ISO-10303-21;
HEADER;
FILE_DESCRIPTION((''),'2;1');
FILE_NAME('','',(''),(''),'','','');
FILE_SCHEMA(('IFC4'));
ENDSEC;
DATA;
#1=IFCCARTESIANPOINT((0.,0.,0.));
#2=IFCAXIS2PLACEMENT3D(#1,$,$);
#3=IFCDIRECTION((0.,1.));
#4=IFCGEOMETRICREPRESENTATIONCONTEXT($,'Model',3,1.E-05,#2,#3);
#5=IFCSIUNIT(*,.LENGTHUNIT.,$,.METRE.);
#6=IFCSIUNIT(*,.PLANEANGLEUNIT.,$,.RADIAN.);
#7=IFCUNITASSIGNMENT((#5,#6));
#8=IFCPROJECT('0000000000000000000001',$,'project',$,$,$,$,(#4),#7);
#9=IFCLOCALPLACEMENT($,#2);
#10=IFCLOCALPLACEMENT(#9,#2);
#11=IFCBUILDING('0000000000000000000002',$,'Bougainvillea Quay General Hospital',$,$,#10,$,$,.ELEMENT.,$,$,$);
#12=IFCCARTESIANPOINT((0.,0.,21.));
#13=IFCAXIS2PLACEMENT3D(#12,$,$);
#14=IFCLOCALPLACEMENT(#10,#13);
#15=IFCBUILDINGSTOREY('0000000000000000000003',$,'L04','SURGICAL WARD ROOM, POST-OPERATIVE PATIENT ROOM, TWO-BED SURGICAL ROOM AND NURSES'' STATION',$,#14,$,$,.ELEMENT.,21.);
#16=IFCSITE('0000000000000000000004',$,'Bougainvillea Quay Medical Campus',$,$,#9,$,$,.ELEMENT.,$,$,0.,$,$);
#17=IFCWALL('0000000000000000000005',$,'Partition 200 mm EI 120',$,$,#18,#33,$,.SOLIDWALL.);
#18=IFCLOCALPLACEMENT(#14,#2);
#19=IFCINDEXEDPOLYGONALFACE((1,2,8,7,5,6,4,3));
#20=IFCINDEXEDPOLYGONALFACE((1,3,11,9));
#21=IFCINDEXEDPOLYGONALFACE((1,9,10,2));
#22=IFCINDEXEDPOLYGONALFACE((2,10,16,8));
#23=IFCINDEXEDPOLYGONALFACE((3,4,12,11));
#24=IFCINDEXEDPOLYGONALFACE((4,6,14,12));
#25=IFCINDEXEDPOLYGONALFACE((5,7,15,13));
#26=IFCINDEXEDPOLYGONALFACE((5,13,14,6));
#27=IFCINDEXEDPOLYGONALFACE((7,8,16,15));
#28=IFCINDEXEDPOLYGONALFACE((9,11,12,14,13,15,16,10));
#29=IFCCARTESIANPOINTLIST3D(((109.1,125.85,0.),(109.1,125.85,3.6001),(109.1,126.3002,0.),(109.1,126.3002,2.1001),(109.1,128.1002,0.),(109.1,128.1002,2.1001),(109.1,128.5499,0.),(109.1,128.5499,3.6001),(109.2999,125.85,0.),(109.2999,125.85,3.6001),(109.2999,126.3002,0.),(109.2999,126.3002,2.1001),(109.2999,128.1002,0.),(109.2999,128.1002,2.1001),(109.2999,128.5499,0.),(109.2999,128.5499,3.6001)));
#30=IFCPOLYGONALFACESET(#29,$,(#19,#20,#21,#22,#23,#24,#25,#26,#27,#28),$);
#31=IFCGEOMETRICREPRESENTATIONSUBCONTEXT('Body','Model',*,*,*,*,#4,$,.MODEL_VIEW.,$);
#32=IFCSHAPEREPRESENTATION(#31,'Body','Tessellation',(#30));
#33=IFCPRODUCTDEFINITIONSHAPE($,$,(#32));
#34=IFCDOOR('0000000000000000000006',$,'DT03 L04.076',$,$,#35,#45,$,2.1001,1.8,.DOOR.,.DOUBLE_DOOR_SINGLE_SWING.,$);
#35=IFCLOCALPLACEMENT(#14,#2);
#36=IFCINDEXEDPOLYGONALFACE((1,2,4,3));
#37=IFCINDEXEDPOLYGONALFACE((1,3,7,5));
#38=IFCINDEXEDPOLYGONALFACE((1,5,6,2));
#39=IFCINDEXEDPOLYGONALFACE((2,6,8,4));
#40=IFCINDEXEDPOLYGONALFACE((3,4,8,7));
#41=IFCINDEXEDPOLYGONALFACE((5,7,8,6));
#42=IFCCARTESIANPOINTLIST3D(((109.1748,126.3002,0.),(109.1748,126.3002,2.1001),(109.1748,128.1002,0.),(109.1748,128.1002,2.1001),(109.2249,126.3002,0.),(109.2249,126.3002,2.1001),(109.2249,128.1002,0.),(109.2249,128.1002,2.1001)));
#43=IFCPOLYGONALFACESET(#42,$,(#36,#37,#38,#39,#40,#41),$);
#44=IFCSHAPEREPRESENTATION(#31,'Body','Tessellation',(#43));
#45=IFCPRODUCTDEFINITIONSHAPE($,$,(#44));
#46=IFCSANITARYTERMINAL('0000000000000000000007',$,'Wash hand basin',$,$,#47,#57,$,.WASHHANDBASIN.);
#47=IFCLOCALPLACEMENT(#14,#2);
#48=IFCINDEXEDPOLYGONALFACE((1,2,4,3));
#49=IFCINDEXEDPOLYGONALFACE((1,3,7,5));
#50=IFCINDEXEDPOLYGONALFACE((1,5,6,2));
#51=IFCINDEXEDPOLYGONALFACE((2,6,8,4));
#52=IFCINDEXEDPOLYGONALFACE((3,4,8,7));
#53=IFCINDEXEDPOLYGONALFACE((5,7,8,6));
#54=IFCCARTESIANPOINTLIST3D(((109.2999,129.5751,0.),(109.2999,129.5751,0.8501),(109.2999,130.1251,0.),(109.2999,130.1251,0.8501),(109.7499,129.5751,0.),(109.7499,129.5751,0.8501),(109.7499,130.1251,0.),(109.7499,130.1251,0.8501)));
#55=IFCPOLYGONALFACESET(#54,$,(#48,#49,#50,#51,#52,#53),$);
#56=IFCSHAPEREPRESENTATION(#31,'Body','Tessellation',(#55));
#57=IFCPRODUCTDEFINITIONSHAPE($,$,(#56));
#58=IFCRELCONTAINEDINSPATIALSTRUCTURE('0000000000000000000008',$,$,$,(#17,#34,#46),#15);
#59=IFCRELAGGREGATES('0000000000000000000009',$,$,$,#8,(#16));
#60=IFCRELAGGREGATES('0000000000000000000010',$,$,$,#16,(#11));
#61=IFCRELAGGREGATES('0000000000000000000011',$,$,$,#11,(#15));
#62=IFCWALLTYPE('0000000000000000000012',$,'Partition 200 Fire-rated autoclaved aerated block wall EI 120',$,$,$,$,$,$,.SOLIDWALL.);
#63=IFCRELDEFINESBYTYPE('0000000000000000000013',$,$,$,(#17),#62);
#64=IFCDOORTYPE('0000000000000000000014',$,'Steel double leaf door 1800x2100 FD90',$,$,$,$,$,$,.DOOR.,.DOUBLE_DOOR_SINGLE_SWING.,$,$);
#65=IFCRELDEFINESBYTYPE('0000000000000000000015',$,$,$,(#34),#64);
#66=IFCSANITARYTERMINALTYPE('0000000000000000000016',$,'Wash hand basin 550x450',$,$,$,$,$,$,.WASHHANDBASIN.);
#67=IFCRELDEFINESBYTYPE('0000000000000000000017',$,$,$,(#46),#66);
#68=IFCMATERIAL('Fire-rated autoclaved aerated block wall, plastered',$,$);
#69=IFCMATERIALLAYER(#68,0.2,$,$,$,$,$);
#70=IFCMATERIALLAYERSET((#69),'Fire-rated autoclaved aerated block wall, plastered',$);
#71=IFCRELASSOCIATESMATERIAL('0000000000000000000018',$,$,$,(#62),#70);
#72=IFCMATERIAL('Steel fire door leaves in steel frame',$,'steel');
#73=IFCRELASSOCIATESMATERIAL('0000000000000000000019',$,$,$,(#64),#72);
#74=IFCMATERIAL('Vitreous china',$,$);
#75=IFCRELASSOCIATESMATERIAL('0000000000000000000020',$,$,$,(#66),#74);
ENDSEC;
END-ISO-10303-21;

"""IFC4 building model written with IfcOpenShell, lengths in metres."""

from ifc_helpers import new_model, si_unit, direction, frame, frame_2d, origin, origin_2d, place, context, subcontext, project, spatial, rectangle, extrude, material, layer, layer_set, type_object, element, fill, save


model = new_model("IFC4")

# Units and contexts
model_context = context("Model", 3, precision=1e-05, world=origin(), true_north=direction((0.0, 1.0)))
body_context = subcontext(model_context, "Body", "Model", "MODEL_VIEW")
ifc_project = project(units=[si_unit("LENGTHUNIT", "METRE"), si_unit("PLANEANGLEUNIT", "RADIAN")], contexts=[model_context])

# Site, building, storey
site_placement = place(None, origin())
site = spatial("IfcSite", under=ifc_project, at=site_placement, Name="Bougainvillea Quay Medical Campus", CompositionType="ELEMENT", RefElevation=0.0)
building_placement = place(site_placement, origin())
building = spatial("IfcBuilding", under=site, at=building_placement, Name="Bougainvillea Quay General Hospital", CompositionType="ELEMENT")
storey_placement = place(building_placement, frame((0.0, 0.0, 21.0)))
storey = spatial("IfcBuildingStorey", under=building, at=storey_placement, Name="L04", Description="SURGICAL WARD ROOM, POST-OPERATIVE PATIENT ROOM, TWO-BED SURGICAL ROOM AND NURSES' STATION", CompositionType="ELEMENT", Elevation=21.0)

# Shared definitions
ifc_material_1 = material(Name="Fire-rated autoclaved aerated block wall, plastered")
ifc_layer_1 = layer(ifc_material_1, 0.2)
ifc_layer_set_1 = layer_set([ifc_layer_1], Name="Fire-rated autoclaved aerated block wall, plastered")
wall_type_1 = type_object("IfcWallType", Name="Partition 200 Fire-rated autoclaved aerated block wall EI 120", PredefinedType="SOLIDWALL", material=ifc_layer_set_1)

# Wall, opening, door
wall_1_placement = place(storey_placement, frame((109.2, 128.55, 0.0), z_axis=(0.0, 0.0, 1.0), x_axis=(0.0, -1.0, 0.0)))
wall_1 = element("IfcWall", 1, at=wall_1_placement, inside=storey, type_object=wall_type_1, Name="Partition 200 mm EI 120", PredefinedType="SOLIDWALL", context=body_context, shape_type="SweptSolid", body=[
    extrude(rectangle(XDim=2.7, YDim=0.2, at=frame_2d((1.3501, 0.0))), origin(), (0.0, 0.0, 1.0), 3.6001),
])
opening_1_placement = place(wall_1_placement, frame((0.45, 0.0, 0.0)))
opening_1 = element("IfcOpeningElement", 2, at=opening_1_placement, cuts=wall_1, PredefinedType="OPENING", context=body_context, shape_type="SweptSolid", body=[
    extrude(rectangle(XDim=1.8, YDim=2.1001, at=frame_2d((0.8999, 1.05))), frame((0.0, 0.1099, 0.0), z_axis=(0.0, -1.0, 0.0), x_axis=(1.0, 0.0, 0.0)), (0.0, 0.0, 1.0), 0.22),
])
ifc_material_2 = material(Name="Steel fire door leaves in steel frame", Category="steel")
door_type_1 = type_object("IfcDoorType", Name="Steel double leaf door 1800x2100 FD90", OperationType="DOUBLE_DOOR_SINGLE_SWING", PredefinedType="DOOR", material=ifc_material_2)
door_1_placement = place(opening_1_placement, origin())
door_1 = element("IfcDoor", 3, at=door_1_placement, inside=storey, type_object=door_type_1, Name="DT03 L04.076", OperationType="DOUBLE_DOOR_SINGLE_SWING", OverallHeight=2.1001, OverallWidth=1.8, PredefinedType="DOOR", context=body_context, shape_type="SweptSolid", body=[
    extrude(rectangle(XDim=1.8, YDim=2.1001, at=frame_2d((0.8999, 1.05))), frame((0.0, 0.0249, 0.0), z_axis=(0.0, -1.0, 0.0), x_axis=(1.0, 0.0, 0.0)), (0.0, 0.0, 1.0), 0.05),
])
fill(opening_1, door_1)

# Sanitary terminal
ifc_material_3 = material(Name="Vitreous china")
sanitary_terminal_type = type_object("IfcSanitaryTerminalType", Name="Wash hand basin 550x450", PredefinedType="WASHHANDBASIN", material=ifc_material_3)
sanitary_terminal_placement = place(storey_placement, frame((109.5249, 129.8501, 0.0), z_axis=(0.0, 0.0, 1.0), x_axis=(0.0, 1.0, 0.0)))
element("IfcSanitaryTerminal", 4, at=sanitary_terminal_placement, inside=storey, type_object=sanitary_terminal_type, Name="Wash hand basin", PredefinedType="WASHHANDBASIN", context=body_context, shape_type="SweptSolid", body=[
    extrude(rectangle(XDim=0.55, YDim=0.45, at=origin_2d()), origin(), (0.0, 0.0, 1.0), 0.8501),
])

save(model, "model.ifc")
